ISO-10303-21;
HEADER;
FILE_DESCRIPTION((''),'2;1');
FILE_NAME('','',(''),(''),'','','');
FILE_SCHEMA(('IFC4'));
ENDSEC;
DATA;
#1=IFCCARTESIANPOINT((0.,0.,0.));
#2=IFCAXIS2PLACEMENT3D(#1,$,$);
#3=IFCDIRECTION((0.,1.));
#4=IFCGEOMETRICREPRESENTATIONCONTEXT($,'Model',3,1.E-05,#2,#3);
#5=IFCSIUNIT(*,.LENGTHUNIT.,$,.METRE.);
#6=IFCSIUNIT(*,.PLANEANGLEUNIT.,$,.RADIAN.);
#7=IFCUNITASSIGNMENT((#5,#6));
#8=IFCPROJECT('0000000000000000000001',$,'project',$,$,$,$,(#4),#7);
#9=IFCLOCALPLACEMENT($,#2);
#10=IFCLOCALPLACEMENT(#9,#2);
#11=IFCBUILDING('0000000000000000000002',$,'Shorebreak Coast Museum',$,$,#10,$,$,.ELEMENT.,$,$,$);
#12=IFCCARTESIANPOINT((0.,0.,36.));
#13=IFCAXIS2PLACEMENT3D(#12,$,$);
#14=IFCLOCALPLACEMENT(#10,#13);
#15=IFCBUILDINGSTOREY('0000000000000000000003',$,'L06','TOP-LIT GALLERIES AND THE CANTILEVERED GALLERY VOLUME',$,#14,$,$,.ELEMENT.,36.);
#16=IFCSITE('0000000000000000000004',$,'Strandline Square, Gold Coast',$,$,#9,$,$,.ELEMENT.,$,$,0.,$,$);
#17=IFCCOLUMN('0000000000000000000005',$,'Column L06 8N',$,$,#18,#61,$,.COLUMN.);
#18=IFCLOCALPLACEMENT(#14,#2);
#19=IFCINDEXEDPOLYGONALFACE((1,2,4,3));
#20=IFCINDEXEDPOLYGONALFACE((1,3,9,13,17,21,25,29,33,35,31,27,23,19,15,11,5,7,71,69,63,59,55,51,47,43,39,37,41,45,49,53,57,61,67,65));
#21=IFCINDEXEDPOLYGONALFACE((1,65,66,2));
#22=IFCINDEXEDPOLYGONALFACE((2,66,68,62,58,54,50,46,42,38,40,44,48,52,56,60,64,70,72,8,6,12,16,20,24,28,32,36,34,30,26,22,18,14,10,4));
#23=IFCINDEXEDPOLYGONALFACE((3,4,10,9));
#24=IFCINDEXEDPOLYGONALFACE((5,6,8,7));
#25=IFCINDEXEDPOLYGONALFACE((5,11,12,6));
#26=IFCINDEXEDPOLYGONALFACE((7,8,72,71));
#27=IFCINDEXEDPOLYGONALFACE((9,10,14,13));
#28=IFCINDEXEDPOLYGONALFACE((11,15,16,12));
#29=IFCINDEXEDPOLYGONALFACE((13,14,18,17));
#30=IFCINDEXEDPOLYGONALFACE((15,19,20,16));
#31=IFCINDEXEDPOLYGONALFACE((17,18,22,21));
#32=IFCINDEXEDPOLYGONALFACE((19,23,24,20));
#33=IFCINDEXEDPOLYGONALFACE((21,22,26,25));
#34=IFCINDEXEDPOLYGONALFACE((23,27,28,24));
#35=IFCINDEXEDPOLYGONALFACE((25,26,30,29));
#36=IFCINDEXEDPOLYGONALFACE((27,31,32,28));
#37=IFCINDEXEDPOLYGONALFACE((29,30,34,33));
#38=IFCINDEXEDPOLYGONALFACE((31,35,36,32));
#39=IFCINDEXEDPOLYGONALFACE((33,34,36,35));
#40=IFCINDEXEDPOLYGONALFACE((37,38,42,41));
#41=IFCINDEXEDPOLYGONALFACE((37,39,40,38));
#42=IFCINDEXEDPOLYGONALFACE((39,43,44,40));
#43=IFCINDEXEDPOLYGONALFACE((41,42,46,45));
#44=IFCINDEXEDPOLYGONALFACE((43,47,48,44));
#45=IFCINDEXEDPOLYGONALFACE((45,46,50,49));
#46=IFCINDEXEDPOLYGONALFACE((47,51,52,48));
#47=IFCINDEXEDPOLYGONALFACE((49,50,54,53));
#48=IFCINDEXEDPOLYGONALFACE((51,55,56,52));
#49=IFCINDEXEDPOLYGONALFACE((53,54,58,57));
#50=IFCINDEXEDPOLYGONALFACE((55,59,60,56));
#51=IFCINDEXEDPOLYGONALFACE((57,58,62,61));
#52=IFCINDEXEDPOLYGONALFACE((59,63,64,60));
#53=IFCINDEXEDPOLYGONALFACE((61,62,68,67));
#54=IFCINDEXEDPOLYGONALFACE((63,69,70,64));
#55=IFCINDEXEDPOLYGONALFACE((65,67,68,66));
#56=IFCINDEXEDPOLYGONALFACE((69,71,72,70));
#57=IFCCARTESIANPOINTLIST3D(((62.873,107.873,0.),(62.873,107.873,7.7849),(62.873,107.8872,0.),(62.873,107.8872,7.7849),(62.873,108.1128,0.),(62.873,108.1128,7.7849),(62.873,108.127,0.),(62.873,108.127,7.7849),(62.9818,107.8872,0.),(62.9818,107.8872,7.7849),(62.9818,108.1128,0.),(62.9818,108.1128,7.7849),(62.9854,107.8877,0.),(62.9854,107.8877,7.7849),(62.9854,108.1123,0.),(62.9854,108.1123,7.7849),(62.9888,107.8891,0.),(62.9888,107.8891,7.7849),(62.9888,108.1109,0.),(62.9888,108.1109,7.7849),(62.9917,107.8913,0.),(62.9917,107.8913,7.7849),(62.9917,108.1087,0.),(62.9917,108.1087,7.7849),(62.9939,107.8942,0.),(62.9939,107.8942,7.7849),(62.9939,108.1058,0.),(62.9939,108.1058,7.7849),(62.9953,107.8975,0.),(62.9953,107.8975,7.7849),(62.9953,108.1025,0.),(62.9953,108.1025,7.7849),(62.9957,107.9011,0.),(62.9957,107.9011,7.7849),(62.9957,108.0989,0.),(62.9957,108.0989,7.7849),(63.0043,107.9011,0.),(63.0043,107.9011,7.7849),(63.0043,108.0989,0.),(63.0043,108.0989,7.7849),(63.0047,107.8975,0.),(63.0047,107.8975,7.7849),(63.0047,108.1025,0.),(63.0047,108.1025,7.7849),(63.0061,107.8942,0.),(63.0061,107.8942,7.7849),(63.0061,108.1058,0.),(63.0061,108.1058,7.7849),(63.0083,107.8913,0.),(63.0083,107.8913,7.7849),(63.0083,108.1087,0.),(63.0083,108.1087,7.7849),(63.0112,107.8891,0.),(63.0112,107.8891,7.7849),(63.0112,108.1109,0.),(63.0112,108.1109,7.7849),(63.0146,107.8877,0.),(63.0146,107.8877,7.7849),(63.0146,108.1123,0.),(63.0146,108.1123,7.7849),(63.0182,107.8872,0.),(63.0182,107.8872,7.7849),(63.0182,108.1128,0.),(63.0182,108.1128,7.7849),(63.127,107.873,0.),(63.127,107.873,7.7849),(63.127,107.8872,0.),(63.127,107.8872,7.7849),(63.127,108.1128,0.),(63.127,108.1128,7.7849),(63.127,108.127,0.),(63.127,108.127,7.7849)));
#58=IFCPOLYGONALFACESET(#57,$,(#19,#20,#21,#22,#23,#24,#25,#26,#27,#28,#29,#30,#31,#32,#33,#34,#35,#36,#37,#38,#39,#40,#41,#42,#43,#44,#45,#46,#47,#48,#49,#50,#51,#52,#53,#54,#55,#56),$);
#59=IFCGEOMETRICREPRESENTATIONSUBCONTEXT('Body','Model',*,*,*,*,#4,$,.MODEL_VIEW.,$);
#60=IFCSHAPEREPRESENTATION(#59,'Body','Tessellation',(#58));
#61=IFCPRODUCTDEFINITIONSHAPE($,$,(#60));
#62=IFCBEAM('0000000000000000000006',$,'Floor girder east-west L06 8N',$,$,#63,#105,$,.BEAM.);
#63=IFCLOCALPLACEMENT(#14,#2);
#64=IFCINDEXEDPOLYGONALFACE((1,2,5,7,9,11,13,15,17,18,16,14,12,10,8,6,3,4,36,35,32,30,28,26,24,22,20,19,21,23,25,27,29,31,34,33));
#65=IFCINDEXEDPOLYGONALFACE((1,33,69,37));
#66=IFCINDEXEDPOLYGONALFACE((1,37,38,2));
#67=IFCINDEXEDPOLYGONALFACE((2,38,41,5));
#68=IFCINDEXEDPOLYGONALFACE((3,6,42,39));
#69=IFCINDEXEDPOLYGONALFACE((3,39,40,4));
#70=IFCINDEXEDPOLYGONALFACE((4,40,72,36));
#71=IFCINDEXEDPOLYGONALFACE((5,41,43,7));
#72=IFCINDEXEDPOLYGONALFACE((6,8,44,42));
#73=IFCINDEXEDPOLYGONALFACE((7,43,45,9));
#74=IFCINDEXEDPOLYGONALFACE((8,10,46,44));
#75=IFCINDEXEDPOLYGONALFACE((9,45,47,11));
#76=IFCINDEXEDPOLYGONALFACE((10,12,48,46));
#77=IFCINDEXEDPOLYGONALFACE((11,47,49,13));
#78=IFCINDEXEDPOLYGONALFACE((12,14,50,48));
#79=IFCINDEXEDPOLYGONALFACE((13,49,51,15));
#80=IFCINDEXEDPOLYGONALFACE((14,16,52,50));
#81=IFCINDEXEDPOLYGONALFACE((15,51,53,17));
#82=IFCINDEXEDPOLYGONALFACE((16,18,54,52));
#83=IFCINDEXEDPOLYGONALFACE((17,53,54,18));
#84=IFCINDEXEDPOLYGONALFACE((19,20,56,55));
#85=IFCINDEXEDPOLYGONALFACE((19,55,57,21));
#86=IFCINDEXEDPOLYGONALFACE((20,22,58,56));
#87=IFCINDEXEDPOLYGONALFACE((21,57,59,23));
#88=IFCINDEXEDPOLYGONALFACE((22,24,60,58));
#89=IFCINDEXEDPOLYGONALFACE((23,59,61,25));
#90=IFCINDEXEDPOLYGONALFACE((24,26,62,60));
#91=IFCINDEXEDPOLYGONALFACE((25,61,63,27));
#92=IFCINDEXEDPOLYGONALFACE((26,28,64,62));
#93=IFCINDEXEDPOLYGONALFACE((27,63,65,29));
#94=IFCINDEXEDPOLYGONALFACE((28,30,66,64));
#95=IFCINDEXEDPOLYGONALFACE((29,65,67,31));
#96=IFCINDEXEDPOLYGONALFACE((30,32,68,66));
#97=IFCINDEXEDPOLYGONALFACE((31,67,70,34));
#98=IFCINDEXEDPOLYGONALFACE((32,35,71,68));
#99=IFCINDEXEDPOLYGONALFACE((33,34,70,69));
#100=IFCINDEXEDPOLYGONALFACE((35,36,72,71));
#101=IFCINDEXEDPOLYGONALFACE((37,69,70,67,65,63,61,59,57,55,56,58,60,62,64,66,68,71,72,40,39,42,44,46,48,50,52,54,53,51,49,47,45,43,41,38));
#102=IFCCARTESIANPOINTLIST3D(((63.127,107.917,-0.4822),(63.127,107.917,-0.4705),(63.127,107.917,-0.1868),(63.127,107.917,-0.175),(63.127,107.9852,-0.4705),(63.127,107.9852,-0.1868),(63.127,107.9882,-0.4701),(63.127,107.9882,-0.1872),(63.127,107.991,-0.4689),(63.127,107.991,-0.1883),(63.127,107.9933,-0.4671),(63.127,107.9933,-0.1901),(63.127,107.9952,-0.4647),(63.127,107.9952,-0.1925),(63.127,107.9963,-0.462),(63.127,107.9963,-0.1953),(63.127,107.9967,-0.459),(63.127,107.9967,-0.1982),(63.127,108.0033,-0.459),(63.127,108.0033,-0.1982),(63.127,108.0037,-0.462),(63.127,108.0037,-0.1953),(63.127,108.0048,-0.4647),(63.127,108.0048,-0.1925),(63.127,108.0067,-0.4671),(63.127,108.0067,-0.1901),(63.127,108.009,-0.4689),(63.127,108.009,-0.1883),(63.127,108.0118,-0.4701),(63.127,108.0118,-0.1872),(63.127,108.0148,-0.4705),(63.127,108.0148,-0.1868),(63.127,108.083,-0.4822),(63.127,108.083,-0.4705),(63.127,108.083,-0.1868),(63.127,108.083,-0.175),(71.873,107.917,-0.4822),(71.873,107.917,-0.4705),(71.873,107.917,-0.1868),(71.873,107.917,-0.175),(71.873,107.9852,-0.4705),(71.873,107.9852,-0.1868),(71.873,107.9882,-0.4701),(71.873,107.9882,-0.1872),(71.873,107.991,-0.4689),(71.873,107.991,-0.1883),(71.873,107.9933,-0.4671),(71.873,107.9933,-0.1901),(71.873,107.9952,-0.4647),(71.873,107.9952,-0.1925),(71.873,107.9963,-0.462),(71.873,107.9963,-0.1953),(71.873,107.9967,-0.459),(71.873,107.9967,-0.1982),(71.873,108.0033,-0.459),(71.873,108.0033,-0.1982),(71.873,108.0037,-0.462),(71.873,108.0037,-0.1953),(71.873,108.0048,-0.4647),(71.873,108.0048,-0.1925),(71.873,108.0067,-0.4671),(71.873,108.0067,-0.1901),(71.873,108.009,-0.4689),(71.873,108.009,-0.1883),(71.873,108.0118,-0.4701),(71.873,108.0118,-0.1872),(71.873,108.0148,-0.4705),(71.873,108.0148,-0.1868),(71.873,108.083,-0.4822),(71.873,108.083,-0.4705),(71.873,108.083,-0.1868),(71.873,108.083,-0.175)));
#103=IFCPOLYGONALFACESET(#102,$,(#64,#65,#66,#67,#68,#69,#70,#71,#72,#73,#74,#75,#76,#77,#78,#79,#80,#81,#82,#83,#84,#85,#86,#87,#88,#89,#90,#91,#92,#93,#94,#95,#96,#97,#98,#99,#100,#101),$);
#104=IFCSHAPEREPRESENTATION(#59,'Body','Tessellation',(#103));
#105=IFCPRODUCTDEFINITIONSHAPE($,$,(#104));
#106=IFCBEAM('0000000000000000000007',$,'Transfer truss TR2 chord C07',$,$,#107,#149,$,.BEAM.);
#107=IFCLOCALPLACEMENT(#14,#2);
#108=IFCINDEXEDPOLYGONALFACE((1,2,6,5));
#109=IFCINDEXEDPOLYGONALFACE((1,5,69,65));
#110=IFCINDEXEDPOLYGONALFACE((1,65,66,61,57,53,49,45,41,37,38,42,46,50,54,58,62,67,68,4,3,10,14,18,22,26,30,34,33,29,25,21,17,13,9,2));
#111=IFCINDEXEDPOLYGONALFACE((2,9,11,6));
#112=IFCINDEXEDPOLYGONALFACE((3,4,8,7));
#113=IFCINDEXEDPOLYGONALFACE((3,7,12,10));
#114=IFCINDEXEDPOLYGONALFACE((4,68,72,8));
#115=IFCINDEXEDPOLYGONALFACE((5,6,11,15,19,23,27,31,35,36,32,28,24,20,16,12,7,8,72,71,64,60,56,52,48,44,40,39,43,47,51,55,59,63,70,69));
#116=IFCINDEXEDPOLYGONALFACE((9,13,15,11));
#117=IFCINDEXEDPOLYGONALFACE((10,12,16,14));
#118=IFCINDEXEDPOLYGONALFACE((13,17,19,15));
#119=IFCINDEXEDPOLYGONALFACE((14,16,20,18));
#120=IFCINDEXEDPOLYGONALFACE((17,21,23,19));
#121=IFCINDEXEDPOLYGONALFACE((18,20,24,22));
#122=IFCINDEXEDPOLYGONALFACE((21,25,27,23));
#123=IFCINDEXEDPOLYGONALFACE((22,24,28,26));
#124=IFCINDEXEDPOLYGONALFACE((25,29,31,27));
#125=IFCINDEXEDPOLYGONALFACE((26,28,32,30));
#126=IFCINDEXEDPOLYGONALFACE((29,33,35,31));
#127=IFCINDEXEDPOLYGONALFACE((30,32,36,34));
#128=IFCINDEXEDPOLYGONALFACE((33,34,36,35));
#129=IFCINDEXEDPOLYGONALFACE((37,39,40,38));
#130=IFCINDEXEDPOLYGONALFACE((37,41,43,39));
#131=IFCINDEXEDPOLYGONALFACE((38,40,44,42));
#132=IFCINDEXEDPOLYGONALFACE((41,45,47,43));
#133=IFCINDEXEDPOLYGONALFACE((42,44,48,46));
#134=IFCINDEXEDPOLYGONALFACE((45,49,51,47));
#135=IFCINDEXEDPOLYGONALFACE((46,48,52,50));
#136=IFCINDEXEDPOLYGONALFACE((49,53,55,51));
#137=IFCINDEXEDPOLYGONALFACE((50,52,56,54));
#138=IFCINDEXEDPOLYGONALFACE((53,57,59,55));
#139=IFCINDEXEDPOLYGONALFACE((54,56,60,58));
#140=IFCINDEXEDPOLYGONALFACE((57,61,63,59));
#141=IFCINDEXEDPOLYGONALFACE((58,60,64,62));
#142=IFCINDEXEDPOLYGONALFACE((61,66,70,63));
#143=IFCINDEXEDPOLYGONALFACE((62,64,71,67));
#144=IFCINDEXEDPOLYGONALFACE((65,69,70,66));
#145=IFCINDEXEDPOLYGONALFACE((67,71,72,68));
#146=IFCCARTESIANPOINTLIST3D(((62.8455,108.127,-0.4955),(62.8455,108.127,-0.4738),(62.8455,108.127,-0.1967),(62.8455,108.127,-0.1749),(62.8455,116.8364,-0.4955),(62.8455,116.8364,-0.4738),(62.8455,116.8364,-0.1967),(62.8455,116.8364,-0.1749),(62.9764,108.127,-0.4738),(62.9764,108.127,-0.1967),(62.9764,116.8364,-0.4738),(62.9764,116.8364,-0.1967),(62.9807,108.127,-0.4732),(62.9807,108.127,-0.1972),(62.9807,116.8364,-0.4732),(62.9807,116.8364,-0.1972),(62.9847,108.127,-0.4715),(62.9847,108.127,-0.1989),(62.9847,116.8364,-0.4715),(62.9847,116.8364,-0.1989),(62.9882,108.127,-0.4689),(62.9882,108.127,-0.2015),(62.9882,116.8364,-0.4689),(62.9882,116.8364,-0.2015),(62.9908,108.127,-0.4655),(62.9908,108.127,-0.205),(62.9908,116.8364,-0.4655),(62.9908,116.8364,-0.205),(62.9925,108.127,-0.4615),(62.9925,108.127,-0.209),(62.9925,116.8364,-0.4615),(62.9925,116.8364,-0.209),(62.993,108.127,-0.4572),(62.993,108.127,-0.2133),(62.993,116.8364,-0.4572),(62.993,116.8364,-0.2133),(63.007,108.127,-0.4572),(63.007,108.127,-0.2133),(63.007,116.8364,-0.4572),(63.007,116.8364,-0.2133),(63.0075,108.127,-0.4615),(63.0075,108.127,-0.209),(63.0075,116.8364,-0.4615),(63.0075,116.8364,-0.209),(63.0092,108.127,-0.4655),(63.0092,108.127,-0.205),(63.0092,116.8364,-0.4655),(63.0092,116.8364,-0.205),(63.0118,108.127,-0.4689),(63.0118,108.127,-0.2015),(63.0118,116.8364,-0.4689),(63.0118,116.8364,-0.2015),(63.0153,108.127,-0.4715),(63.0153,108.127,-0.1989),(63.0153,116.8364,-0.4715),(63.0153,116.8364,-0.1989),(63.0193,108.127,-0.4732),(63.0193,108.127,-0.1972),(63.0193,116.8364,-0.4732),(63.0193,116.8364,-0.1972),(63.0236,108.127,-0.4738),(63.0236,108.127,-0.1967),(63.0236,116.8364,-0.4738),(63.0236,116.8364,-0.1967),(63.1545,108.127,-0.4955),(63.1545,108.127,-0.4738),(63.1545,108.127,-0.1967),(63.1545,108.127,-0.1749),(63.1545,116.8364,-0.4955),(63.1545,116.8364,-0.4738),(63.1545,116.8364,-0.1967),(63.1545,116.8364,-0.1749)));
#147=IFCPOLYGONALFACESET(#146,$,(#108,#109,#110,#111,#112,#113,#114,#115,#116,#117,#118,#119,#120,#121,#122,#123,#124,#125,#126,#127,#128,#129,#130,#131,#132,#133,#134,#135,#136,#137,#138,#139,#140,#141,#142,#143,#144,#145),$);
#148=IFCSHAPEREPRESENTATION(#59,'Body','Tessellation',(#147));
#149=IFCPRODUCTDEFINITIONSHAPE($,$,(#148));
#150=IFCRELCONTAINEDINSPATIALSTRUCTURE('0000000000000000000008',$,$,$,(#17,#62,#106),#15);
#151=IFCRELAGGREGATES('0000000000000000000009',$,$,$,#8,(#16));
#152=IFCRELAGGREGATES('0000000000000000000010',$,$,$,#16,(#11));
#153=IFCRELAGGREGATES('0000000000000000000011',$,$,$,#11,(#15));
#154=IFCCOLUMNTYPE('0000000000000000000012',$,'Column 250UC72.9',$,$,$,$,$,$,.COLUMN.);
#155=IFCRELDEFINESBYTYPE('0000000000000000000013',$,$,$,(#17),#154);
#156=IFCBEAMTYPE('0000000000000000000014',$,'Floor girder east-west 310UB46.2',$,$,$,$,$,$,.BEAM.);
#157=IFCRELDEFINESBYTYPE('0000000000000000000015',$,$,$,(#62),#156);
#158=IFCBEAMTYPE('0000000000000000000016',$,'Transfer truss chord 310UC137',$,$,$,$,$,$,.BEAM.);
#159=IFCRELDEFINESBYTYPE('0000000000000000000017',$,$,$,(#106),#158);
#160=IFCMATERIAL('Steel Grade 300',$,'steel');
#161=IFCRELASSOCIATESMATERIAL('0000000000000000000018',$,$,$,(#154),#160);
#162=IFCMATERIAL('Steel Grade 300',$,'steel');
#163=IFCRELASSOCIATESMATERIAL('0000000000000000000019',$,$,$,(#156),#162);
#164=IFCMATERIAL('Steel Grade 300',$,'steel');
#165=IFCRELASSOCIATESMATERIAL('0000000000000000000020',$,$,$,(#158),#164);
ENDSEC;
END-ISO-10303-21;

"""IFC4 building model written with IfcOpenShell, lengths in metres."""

from ifc_helpers import new_model, si_unit, direction, frame, origin, origin_2d, place, context, subcontext, project, spatial, i_section, extrude, material, material_profile, profile_set, type_object, element, save


model = new_model("IFC4")

# Units and contexts
model_context = context("Model", 3, precision=1e-05, world=origin(), true_north=direction((0.0, 1.0)))
body_context = subcontext(model_context, "Body", "Model", "MODEL_VIEW")
ifc_project = project(units=[si_unit("LENGTHUNIT", "METRE"), si_unit("PLANEANGLEUNIT", "RADIAN")], contexts=[model_context])

# Site, building, storey
site_placement = place(None, origin())
site = spatial("IfcSite", under=ifc_project, at=site_placement, Name="Strandline Square, Gold Coast", CompositionType="ELEMENT", RefElevation=0.0)
building_placement = place(site_placement, origin())
building = spatial("IfcBuilding", under=site, at=building_placement, Name="Shorebreak Coast Museum", CompositionType="ELEMENT")
storey_placement = place(building_placement, frame((0.0, 0.0, 36.0)))
storey = spatial("IfcBuildingStorey", under=building, at=storey_placement, Name="L06", Description="TOP-LIT GALLERIES AND THE CANTILEVERED GALLERY VOLUME", CompositionType="ELEMENT", Elevation=36.0)

# Column
ifc_material_1 = material(Name="Steel Grade 300", Category="steel")
ifc_material_profile_1 = material_profile(ifc_material_1, i_section(OverallWidth=0.2539, OverallDepth=0.2539, WebThickness=0.0085, FlangeThickness=0.0142, FilletRadius=0.0139, at=origin_2d()), Name="250UC72.9")
ifc_profile_set_1 = profile_set([ifc_material_profile_1], Name="Steel Grade 300")
column_type = type_object("IfcColumnType", Name="Column 250UC72.9", PredefinedType="COLUMN", material=ifc_profile_set_1)
column_placement = place(storey_placement, frame((63.0, 108.0, 0.0), z_axis=(0.0, 0.0, 1.0), x_axis=(1.0, 0.0, 0.0)))
element("IfcColumn", 1, at=column_placement, inside=storey, type_object=column_type, Name="Column L06 8N", PredefinedType="COLUMN", context=body_context, shape_type="SweptSolid", body=[
    extrude(i_section(OverallWidth=0.2539, OverallDepth=0.2539, WebThickness=0.0085, FlangeThickness=0.0142, FilletRadius=0.0139, at=origin_2d()), origin(), (0.0, 0.0, 1.0), 7.7849),
])

# Beams
ifc_material_2 = material(Name="Steel Grade 300", Category="steel")
ifc_material_profile_2 = material_profile(ifc_material_2, i_section(OverallWidth=0.166, OverallDepth=0.3071, WebThickness=0.0066, FlangeThickness=0.0117, FilletRadius=0.0115, at=origin_2d()), Name="310UB46.2")
ifc_profile_set_2 = profile_set([ifc_material_profile_2], Name="Steel Grade 300")
beam_type_1 = type_object("IfcBeamType", Name="Floor girder east-west 310UB46.2", PredefinedType="BEAM", material=ifc_profile_set_2)
beam_1_placement = place(storey_placement, frame((63.127, 108.0, -0.3286), z_axis=(1.0, 0.0, 0.0), x_axis=(0.0, 1.0, 0.0)))
element("IfcBeam", 2, at=beam_1_placement, inside=storey, type_object=beam_type_1, Name="Floor girder east-west L06 8N", PredefinedType="BEAM", context=body_context, shape_type="SweptSolid", body=[
    extrude(i_section(OverallWidth=0.166, OverallDepth=0.3071, WebThickness=0.0066, FlangeThickness=0.0117, FilletRadius=0.0115, at=origin_2d()), origin(), (0.0, 0.0, 1.0), 8.7461),
])
ifc_material_3 = material(Name="Steel Grade 300", Category="steel")
ifc_material_profile_3 = material_profile(ifc_material_3, i_section(OverallWidth=0.3091, OverallDepth=0.3206, WebThickness=0.0139, FlangeThickness=0.0217, FilletRadius=0.0166, at=origin_2d()), Name="310UC137")
ifc_profile_set_3 = profile_set([ifc_material_profile_3], Name="Steel Grade 300")
beam_type_2 = type_object("IfcBeamType", Name="Transfer truss chord 310UC137", PredefinedType="BEAM", material=ifc_profile_set_3)
beam_2_placement = place(storey_placement, frame((63.0, 108.127, -0.3352), z_axis=(0.0, 1.0, 0.0), x_axis=(-1.0, 0.0, 0.0)))
element("IfcBeam", 3, at=beam_2_placement, inside=storey, type_object=beam_type_2, Name="Transfer truss TR2 chord C07", PredefinedType="BEAM", context=body_context, shape_type="SweptSolid", body=[
    extrude(i_section(OverallWidth=0.3091, OverallDepth=0.3206, WebThickness=0.0139, FlangeThickness=0.0217, FilletRadius=0.0166, at=origin_2d()), origin(), (0.0, 0.0, 1.0), 8.7095),
])

save(model, "model.ifc")
